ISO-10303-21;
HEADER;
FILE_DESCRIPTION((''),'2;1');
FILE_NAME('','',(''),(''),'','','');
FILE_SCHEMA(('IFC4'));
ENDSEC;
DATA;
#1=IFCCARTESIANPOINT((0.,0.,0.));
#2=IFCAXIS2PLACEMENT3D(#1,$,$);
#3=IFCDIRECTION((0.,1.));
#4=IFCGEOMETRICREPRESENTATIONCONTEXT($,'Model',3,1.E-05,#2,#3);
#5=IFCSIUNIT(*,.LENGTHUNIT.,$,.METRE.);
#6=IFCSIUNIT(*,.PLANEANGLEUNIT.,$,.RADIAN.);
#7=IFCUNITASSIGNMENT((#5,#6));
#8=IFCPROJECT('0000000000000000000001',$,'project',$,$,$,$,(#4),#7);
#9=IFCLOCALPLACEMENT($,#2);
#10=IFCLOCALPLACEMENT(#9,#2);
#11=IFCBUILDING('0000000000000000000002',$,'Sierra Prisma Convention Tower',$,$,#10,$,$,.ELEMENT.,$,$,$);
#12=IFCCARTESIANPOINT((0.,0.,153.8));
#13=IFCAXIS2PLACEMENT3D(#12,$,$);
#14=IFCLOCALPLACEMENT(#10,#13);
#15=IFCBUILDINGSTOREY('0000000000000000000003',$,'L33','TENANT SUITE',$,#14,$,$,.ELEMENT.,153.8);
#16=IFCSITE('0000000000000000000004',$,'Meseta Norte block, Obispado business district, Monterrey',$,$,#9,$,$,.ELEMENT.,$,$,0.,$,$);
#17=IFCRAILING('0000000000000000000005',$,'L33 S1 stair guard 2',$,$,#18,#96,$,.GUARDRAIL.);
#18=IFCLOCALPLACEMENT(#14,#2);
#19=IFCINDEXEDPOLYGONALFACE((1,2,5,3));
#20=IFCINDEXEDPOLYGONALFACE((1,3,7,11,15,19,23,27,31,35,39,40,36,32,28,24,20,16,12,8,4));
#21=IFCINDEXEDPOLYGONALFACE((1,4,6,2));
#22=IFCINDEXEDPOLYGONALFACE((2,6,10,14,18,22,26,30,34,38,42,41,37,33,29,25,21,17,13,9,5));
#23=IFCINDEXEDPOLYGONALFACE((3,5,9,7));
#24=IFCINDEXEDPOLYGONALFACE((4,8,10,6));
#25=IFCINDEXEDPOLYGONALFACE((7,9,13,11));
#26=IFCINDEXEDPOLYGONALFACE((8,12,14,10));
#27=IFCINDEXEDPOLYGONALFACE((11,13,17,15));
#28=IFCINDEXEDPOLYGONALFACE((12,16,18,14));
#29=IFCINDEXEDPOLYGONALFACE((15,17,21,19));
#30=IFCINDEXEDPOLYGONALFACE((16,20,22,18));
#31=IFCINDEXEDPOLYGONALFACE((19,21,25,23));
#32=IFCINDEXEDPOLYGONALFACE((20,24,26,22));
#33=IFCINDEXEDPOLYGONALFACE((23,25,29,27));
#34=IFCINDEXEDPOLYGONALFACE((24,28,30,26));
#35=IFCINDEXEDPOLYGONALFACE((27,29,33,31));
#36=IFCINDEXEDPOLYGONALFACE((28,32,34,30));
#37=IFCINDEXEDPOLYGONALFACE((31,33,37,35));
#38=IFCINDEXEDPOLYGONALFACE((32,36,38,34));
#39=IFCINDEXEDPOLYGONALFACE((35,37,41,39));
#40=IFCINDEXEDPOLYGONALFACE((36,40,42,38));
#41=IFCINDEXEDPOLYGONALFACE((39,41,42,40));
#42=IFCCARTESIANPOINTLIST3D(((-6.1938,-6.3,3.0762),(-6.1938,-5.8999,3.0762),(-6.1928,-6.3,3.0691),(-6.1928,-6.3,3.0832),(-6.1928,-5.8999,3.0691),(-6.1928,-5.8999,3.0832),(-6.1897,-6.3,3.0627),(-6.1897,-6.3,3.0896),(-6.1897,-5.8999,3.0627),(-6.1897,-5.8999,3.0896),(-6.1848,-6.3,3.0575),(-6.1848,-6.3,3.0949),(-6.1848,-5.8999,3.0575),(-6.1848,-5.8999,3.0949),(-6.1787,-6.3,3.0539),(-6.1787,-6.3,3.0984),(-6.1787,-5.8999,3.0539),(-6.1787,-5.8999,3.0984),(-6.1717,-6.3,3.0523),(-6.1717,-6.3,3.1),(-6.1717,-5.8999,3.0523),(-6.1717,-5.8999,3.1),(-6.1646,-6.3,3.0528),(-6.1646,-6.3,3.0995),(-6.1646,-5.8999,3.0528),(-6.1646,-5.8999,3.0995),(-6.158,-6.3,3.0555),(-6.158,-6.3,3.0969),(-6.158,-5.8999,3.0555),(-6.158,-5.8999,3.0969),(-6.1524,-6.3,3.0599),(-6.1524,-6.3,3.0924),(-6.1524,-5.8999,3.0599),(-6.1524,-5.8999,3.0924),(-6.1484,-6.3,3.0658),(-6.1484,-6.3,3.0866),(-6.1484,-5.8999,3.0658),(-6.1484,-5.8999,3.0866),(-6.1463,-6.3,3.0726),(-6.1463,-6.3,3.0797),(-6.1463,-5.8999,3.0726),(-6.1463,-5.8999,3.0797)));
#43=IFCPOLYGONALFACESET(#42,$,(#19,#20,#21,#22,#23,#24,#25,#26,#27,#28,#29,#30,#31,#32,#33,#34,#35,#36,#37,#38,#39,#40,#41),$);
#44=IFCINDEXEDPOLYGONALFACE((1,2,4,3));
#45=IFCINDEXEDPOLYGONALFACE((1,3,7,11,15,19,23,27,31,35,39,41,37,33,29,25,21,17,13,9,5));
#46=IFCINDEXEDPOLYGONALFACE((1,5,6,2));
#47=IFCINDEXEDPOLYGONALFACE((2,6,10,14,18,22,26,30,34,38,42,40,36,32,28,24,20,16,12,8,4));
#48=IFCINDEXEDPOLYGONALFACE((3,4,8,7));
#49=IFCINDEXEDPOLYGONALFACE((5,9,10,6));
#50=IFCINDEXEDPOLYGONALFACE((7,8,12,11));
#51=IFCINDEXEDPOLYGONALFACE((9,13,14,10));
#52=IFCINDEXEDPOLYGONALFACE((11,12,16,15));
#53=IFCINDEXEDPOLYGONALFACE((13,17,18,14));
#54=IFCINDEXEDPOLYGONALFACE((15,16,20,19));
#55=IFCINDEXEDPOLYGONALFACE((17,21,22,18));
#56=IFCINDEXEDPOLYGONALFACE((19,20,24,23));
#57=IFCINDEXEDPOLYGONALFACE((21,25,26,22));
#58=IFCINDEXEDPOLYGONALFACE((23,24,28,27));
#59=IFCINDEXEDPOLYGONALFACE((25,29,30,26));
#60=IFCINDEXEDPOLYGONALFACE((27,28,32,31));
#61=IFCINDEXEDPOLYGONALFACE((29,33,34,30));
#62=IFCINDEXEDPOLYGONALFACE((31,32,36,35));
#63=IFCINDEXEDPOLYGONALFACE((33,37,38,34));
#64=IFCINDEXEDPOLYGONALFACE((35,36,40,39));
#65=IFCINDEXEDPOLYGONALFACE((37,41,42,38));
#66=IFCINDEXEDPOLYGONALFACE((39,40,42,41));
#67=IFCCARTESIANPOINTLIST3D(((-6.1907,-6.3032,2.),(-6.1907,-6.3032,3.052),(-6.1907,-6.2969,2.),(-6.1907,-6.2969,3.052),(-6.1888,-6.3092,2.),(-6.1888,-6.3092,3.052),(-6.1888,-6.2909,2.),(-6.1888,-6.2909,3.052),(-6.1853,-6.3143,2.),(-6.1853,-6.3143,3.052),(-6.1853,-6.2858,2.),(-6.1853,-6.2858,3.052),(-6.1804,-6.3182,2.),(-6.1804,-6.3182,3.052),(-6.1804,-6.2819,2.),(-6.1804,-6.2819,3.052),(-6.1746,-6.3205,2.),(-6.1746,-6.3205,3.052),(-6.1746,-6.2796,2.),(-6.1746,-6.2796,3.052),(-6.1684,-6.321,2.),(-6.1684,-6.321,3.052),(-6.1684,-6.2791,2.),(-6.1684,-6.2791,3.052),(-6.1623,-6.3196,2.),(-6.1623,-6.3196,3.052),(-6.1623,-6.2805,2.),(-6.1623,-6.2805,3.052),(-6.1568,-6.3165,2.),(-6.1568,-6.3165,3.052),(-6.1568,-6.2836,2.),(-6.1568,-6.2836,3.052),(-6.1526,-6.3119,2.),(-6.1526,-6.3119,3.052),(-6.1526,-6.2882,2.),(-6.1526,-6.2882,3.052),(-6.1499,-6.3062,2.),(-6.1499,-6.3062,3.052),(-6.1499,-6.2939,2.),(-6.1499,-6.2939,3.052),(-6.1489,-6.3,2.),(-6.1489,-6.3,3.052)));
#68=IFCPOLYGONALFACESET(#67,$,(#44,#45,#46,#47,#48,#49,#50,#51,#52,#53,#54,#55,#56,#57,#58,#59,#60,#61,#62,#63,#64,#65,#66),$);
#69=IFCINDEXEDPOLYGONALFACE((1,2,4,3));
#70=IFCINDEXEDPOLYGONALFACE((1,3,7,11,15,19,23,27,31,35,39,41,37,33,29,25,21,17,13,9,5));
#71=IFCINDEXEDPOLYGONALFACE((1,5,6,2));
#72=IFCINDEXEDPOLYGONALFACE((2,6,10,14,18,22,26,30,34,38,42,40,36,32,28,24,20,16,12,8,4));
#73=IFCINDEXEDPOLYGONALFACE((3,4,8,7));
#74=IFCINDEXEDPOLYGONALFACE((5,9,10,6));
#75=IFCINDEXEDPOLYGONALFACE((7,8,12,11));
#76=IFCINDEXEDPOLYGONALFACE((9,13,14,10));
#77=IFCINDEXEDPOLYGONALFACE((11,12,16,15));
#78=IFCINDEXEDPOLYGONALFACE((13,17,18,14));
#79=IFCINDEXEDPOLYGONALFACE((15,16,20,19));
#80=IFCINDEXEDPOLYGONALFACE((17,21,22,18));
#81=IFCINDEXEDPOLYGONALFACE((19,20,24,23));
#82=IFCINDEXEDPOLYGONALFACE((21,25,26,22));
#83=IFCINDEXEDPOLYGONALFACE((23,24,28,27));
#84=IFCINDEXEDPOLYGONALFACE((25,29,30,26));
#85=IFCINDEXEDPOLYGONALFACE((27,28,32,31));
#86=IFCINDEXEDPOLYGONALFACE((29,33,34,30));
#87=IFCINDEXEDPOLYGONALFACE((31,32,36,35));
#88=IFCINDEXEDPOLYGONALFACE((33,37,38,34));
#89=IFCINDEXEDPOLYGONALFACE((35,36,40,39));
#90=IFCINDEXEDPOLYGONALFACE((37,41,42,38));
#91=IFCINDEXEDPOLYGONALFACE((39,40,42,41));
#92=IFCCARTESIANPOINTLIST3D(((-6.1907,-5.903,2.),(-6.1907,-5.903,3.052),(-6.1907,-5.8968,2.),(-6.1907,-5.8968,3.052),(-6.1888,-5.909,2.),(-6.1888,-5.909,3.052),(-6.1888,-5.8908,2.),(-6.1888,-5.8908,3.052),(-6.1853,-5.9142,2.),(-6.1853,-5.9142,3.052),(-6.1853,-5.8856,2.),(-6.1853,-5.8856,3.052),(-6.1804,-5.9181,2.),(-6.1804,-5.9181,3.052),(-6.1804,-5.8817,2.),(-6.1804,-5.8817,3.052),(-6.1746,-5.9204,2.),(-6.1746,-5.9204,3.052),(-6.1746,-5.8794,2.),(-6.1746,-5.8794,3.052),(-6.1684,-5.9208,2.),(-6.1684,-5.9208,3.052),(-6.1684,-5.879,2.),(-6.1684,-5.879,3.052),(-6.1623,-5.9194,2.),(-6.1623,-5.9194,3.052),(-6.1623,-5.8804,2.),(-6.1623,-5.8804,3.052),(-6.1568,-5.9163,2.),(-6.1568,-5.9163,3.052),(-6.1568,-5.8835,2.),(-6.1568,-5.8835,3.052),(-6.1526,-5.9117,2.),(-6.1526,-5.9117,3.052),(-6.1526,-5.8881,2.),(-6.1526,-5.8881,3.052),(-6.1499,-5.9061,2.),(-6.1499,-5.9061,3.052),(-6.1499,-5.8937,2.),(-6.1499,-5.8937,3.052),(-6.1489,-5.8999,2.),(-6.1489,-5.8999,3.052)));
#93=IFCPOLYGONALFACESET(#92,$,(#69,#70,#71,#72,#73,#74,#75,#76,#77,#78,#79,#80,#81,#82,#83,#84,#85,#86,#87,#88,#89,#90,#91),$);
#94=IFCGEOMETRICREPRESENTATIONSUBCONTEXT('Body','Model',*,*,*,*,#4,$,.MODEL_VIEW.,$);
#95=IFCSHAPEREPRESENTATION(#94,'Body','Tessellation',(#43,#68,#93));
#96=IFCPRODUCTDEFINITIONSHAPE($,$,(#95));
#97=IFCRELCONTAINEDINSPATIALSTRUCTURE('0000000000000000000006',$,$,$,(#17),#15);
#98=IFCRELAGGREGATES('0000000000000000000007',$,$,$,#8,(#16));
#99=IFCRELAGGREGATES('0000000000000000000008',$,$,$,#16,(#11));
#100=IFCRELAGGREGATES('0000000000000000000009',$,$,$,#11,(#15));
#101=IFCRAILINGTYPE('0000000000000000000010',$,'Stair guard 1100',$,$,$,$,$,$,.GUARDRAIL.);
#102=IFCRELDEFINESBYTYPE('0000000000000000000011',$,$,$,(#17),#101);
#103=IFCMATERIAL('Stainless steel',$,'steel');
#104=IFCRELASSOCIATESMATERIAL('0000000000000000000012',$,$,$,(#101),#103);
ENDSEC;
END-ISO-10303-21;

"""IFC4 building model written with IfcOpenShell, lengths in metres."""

from ifc_helpers import new_model, si_unit, direction, frame, origin, origin_2d, place, context, subcontext, project, spatial, circle, extrude, material, type_object, element, save


model = new_model("IFC4")

# Units and contexts
model_context = context("Model", 3, precision=1e-05, world=origin(), true_north=direction((0.0, 1.0)))
body_context = subcontext(model_context, "Body", "Model", "MODEL_VIEW")
ifc_project = project(units=[si_unit("LENGTHUNIT", "METRE"), si_unit("PLANEANGLEUNIT", "RADIAN")], contexts=[model_context])

# Site, building, storey
site_placement = place(None, origin())
site = spatial("IfcSite", under=ifc_project, at=site_placement, Name="Meseta Norte block, Obispado business district, Monterrey", CompositionType="ELEMENT", RefElevation=0.0)
building_placement = place(site_placement, origin())
building = spatial("IfcBuilding", under=site, at=building_placement, Name="Sierra Prisma Convention Tower", CompositionType="ELEMENT")
storey_placement = place(building_placement, frame((0.0, 0.0, 153.8)))
storey = spatial("IfcBuildingStorey", under=building, at=storey_placement, Name="L33", Description="TENANT SUITE", CompositionType="ELEMENT", Elevation=153.8)

# Railing
ifc_material_1 = material(Name="Stainless steel", Category="steel")
railing_type_1 = type_object("IfcRailingType", Name="Stair guard 1100", PredefinedType="GUARDRAIL", material=ifc_material_1)
railing_1_placement = place(storey_placement, frame((-6.1699, -6.3, 2.0)))
element("IfcRailing", 1, at=railing_1_placement, inside=storey, type_object=railing_type_1, Name="L33 S1 stair guard 2", PredefinedType="GUARDRAIL", context=body_context, shape_type="SweptSolid", body=[
    extrude(circle(Radius=0.0239, at=origin_2d()), frame((0.0, 0.0, 1.0762), z_axis=(0.0, 1.0, 0.0), x_axis=(-1.0, 0.0, 0.0)), (0.0, 0.0, 1.0), 0.4001),
    extrude(circle(Radius=0.021, at=origin_2d()), origin(), (0.0, 0.0, 1.0), 1.052),
    extrude(circle(Radius=0.021, at=origin_2d()), frame((0.0, 0.4001, 0.0)), (0.0, 0.0, 1.0), 1.052),
])

save(model, "model.ifc")
